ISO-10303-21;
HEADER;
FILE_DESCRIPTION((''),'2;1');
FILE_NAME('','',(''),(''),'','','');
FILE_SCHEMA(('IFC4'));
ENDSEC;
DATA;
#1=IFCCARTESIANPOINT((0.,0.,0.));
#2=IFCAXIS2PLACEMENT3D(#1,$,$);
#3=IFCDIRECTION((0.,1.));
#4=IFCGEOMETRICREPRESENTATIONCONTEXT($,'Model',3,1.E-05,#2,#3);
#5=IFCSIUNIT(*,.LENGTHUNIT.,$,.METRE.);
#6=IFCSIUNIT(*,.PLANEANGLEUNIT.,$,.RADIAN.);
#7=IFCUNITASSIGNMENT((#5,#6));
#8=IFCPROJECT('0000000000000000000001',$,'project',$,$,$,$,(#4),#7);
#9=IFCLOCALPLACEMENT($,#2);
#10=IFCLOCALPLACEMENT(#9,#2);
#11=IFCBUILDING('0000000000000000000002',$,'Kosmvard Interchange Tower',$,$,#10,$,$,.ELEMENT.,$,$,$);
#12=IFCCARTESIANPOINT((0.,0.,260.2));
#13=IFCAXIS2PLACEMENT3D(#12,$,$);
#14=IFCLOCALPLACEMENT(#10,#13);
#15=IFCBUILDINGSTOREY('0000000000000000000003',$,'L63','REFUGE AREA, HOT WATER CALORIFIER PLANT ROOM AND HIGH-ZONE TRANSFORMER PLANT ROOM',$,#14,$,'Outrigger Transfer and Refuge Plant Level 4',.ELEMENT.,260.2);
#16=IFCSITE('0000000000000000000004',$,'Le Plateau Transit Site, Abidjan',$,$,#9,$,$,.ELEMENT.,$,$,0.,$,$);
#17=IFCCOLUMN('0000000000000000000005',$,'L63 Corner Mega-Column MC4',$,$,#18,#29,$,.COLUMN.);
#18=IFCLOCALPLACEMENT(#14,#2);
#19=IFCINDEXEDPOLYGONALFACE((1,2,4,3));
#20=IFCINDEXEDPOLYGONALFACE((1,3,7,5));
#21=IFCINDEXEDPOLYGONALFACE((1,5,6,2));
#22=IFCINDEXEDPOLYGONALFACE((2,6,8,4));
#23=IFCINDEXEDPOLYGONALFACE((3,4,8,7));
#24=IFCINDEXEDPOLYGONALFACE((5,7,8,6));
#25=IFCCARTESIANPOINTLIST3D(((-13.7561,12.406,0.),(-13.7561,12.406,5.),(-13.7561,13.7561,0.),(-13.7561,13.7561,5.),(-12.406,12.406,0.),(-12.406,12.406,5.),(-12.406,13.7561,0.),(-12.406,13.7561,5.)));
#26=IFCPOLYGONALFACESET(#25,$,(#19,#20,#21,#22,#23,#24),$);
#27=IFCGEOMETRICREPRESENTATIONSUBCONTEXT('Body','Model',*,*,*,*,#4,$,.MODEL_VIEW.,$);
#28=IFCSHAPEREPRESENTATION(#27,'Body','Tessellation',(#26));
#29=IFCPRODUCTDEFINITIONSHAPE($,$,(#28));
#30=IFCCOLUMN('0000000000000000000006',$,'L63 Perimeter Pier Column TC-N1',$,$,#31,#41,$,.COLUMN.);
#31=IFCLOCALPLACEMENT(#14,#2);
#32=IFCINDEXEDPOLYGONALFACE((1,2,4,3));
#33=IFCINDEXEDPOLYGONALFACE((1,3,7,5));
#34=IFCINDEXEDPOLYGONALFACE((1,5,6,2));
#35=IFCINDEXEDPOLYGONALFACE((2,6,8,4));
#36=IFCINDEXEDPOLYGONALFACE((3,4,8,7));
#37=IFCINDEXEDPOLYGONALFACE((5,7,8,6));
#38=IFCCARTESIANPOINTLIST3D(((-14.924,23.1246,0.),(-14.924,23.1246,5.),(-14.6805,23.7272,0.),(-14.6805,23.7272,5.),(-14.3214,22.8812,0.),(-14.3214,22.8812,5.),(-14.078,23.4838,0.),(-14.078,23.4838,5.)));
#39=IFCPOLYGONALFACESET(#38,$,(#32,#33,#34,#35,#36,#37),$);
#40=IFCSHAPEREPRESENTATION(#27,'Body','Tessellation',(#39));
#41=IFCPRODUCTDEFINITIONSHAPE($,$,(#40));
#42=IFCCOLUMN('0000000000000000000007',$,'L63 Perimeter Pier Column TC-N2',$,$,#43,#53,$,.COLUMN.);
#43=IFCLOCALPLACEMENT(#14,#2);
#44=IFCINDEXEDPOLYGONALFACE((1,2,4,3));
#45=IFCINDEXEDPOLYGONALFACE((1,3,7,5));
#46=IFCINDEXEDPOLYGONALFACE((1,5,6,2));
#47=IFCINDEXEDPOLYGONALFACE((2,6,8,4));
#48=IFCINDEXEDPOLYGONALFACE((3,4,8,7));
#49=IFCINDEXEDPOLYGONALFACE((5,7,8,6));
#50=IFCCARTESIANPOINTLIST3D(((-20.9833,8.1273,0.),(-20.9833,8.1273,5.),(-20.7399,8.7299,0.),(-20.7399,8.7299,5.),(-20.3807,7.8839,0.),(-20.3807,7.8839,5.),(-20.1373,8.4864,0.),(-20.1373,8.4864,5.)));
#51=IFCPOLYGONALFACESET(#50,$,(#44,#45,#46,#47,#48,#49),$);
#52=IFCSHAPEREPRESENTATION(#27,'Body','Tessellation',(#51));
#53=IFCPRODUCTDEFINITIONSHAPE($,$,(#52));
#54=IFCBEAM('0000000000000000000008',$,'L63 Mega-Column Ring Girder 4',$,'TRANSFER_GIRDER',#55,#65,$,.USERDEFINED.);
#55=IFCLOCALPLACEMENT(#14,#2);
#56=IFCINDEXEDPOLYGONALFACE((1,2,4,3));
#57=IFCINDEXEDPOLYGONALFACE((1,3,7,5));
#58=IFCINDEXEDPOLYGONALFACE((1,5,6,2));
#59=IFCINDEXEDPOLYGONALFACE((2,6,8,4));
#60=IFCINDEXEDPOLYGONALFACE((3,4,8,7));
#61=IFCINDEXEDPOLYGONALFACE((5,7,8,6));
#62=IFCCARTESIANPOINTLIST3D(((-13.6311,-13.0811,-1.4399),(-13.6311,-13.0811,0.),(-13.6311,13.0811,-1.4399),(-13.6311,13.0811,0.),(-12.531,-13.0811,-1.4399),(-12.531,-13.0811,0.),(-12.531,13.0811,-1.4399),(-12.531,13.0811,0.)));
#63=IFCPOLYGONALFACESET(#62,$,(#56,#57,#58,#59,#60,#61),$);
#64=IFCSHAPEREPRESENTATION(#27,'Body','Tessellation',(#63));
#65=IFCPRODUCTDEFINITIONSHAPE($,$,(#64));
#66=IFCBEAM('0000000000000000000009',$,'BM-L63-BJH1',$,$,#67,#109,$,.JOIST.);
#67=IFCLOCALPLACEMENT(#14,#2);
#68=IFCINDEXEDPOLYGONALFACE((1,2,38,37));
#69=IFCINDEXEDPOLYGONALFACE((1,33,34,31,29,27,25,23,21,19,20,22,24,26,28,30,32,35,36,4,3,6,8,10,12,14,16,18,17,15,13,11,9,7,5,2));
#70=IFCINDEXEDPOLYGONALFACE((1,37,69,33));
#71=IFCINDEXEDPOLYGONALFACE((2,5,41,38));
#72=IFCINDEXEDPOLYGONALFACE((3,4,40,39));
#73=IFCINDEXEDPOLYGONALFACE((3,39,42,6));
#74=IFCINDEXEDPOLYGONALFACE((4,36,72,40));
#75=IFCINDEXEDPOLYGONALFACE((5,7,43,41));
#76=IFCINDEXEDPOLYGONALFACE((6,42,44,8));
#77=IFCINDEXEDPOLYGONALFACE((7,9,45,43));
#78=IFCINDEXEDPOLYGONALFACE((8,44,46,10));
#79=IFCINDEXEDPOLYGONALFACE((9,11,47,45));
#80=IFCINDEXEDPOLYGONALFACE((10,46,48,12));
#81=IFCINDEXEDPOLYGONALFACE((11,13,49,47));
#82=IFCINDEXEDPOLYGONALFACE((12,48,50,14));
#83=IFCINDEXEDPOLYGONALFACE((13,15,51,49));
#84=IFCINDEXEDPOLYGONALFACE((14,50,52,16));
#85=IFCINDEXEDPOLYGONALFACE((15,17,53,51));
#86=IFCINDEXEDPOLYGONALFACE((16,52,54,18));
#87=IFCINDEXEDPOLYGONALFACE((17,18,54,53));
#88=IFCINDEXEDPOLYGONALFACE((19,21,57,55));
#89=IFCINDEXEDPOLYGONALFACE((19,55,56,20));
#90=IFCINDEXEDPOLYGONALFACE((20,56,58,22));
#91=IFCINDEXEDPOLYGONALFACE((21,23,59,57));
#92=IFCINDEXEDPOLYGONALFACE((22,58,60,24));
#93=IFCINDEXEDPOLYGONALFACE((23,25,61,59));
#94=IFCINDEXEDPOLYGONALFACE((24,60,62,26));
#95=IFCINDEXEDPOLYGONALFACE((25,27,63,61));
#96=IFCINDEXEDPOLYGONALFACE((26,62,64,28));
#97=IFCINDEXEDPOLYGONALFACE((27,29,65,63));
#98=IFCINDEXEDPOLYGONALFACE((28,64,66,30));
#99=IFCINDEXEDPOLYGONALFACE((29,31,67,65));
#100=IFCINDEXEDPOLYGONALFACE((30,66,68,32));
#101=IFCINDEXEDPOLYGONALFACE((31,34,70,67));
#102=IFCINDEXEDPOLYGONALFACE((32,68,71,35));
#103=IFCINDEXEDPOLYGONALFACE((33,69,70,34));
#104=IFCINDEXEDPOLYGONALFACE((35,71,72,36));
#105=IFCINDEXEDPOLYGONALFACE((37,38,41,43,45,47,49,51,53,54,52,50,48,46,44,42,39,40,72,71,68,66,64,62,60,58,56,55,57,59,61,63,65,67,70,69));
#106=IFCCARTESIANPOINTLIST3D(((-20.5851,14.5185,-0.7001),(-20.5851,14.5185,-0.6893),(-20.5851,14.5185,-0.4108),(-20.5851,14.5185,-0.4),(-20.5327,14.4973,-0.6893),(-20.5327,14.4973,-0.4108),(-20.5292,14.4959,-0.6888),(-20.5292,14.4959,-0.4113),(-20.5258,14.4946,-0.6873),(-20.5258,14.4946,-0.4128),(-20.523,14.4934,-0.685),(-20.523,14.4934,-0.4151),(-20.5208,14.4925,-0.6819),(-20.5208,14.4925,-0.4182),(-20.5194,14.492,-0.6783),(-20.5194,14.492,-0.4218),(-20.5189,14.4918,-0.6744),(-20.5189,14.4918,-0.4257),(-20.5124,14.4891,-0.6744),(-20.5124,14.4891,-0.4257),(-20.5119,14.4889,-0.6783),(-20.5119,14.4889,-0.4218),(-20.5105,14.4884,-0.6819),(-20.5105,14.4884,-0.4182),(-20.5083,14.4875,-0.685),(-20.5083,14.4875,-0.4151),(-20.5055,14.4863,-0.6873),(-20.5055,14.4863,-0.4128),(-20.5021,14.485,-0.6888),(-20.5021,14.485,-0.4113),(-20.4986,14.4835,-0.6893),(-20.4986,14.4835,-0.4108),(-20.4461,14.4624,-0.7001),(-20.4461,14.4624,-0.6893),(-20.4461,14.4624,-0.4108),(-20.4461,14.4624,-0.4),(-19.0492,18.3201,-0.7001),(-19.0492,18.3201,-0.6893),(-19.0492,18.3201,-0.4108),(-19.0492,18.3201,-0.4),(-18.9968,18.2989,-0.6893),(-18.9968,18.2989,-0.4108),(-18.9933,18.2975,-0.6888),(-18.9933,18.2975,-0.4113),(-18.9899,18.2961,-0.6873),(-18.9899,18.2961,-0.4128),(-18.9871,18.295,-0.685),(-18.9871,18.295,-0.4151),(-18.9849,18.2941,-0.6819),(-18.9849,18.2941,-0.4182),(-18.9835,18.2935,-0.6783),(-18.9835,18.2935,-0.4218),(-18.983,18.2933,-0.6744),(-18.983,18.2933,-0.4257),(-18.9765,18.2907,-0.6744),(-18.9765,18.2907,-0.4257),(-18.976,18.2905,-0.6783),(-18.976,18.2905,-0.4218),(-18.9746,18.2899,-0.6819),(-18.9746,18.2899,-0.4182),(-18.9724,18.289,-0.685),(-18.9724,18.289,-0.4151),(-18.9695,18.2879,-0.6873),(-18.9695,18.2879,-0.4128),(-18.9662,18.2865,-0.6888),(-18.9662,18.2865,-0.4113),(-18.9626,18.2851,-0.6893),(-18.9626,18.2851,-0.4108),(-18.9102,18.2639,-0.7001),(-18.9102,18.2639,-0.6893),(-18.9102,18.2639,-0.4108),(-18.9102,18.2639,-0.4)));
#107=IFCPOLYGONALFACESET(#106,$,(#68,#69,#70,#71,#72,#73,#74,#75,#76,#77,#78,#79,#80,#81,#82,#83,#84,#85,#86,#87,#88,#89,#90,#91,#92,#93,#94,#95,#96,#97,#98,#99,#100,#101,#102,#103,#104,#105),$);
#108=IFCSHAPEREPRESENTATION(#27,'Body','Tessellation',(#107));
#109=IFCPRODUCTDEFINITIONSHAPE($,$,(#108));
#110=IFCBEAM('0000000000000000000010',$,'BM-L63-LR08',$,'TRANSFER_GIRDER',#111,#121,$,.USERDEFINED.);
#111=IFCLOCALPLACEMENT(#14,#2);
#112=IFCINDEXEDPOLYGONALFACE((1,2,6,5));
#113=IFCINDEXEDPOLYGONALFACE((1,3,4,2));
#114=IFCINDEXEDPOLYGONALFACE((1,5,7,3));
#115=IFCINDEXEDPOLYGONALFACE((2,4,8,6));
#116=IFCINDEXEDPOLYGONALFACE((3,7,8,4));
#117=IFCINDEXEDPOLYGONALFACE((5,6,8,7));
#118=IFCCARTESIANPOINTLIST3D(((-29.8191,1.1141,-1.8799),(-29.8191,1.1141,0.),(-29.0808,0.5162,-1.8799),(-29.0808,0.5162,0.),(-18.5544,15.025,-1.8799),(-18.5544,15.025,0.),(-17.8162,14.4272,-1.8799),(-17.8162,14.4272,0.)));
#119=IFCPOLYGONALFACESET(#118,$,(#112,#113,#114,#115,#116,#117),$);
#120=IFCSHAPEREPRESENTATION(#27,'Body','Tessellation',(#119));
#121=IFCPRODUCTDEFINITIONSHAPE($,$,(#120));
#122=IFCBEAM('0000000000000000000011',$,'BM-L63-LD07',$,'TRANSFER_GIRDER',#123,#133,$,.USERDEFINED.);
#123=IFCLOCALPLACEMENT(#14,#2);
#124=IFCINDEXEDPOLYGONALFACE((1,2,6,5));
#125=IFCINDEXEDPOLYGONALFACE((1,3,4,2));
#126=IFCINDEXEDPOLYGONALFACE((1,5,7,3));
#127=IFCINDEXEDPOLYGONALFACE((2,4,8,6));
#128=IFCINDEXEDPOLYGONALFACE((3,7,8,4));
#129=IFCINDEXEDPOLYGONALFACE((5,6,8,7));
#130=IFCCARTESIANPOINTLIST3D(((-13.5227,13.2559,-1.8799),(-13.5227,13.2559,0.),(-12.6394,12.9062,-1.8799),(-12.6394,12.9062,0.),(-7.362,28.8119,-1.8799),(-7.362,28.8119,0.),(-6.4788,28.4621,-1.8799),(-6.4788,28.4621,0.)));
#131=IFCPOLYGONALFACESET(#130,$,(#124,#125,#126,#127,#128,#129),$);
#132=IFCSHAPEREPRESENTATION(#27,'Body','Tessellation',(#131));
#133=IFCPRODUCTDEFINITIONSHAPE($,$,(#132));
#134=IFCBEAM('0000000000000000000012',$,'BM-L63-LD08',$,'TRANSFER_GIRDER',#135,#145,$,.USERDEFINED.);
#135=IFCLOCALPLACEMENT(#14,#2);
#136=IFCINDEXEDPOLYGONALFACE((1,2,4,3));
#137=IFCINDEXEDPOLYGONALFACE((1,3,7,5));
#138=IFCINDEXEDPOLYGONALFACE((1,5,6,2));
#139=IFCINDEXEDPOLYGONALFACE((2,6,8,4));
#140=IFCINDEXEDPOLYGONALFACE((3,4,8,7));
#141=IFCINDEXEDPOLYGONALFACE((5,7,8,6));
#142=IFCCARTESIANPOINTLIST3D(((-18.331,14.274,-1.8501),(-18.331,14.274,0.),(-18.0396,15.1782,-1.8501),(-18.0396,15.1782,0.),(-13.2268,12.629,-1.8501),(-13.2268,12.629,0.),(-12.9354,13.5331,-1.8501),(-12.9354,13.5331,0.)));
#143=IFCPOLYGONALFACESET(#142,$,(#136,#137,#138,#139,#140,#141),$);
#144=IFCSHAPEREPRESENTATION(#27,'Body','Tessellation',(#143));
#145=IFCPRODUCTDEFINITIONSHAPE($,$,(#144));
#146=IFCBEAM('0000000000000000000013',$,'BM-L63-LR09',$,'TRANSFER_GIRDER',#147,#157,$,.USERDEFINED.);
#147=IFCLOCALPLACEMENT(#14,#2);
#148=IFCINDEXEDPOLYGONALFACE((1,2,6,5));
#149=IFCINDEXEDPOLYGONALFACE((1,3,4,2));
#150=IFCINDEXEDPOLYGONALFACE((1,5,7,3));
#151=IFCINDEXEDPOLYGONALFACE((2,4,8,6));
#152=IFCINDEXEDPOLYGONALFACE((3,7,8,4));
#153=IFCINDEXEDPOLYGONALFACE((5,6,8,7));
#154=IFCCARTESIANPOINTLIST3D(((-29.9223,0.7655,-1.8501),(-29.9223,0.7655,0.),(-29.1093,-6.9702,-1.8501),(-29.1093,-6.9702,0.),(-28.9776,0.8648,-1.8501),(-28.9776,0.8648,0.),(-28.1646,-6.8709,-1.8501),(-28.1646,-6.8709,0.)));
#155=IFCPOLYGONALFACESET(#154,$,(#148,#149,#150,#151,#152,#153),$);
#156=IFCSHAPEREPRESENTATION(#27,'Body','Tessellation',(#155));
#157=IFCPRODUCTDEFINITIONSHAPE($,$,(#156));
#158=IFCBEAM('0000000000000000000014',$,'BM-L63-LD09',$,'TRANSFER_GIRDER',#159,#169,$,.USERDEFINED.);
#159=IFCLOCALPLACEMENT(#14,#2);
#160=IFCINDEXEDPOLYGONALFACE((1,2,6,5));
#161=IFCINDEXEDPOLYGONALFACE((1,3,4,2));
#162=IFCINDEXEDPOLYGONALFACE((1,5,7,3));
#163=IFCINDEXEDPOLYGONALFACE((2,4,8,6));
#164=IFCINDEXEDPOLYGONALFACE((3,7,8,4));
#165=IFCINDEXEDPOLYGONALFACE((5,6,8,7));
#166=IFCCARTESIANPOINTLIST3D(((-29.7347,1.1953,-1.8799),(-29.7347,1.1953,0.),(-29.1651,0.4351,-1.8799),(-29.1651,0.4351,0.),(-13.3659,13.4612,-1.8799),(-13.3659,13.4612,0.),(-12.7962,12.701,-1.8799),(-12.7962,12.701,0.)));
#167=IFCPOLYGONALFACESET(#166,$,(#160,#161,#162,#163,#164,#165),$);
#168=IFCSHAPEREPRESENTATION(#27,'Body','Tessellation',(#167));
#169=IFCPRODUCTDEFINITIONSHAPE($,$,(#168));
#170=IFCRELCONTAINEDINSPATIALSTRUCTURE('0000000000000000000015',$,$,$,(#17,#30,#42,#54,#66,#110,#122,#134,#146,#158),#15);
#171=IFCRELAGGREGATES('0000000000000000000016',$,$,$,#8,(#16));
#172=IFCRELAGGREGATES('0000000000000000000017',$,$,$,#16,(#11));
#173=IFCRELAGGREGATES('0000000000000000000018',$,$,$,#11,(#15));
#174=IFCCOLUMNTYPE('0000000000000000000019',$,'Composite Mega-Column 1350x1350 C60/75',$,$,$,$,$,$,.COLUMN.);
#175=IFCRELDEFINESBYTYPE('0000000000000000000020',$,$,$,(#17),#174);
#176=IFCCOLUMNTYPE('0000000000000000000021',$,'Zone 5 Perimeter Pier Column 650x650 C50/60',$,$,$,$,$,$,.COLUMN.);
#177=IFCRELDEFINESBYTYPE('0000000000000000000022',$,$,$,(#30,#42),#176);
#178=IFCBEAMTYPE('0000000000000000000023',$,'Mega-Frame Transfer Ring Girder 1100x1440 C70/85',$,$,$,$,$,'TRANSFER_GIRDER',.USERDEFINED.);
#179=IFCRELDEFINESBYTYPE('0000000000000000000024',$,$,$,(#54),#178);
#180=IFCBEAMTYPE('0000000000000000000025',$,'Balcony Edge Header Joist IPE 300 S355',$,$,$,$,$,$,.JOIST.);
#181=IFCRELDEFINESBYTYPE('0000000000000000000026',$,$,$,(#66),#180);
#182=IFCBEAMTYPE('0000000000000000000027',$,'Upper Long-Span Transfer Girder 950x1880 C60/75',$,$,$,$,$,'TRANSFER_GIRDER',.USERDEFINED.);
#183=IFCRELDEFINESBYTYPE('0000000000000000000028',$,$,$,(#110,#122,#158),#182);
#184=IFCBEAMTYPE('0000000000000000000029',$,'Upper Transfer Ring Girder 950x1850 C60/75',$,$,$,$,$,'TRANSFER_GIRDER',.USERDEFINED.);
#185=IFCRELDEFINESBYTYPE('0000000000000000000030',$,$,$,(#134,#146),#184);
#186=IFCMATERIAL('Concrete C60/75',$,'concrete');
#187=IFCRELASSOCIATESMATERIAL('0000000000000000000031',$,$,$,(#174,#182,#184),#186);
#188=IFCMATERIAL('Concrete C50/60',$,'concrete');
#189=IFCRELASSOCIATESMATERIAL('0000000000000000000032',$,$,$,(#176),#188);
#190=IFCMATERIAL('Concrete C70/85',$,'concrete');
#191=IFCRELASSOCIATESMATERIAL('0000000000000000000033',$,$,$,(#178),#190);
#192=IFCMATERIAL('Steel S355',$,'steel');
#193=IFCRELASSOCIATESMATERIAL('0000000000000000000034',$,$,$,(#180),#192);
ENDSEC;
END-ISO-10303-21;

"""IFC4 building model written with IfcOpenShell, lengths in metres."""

from ifc_helpers import new_model, si_unit, direction, frame, origin, origin_2d, place, context, subcontext, project, spatial, rectangle, i_section, extrude, source, transform, mapped, material, material_profile, profile_set, type_object, element, save


model = new_model("IFC4")

# Units and contexts
model_context = context("Model", 3, precision=1e-05, world=origin(), true_north=direction((0.0, 1.0)))
body_context = subcontext(model_context, "Body", "Model", "MODEL_VIEW")
ifc_project = project(units=[si_unit("LENGTHUNIT", "METRE"), si_unit("PLANEANGLEUNIT", "RADIAN")], contexts=[model_context])

# Site, building, storey
site_placement = place(None, origin())
site = spatial("IfcSite", under=ifc_project, at=site_placement, Name="Le Plateau Transit Site, Abidjan", CompositionType="ELEMENT", RefElevation=0.0)
building_placement = place(site_placement, origin())
building = spatial("IfcBuilding", under=site, at=building_placement, Name="Kosmvard Interchange Tower", CompositionType="ELEMENT")
storey_placement = place(building_placement, frame((0.0, 0.0, 260.2)))
storey = spatial("IfcBuildingStorey", under=building, at=storey_placement, Name="L63", Description="REFUGE AREA, HOT WATER CALORIFIER PLANT ROOM AND HIGH-ZONE TRANSFORMER PLANT ROOM", LongName="Outrigger Transfer and Refuge Plant Level 4", CompositionType="ELEMENT", Elevation=260.2)

# Columns
ifc_material_1 = material(Name="Concrete C60/75", Category="concrete")
ifc_material_profile_1 = material_profile(ifc_material_1, rectangle(XDim=1.3501, YDim=1.3501, at=origin_2d()), Name="MC 1350x1350")
ifc_profile_set_1 = profile_set([ifc_material_profile_1], Name="Concrete C60/75")
column_type_1 = type_object("IfcColumnType", Name="Composite Mega-Column 1350x1350 C60/75", PredefinedType="COLUMN", material=ifc_profile_set_1)
shared_shape_1 = source(origin(), body_context, "Body", "SweptSolid", [
    extrude(rectangle(XDim=1.3501, YDim=1.3501, at=origin_2d()), origin(), (0.0, 0.0, 1.0), 5.0),
])
column_placement = place(storey_placement, frame((-13.0811, 13.0811, 0.0), z_axis=(0.0, 0.0, 1.0), x_axis=(1.0, 0.0, 0.0)))
element("IfcColumn", 1, at=column_placement, inside=storey, type_object=column_type_1, Name="L63 Corner Mega-Column MC4", PredefinedType="COLUMN", context=body_context, shape_type="MappedRepresentation", body=[
    mapped(shared_shape_1, transform((0.0, 0.0, 0.0), scale=1.0)),
])
ifc_material_2 = material(Name="Concrete C50/60", Category="concrete")
ifc_material_profile_2 = material_profile(ifc_material_2, rectangle(XDim=0.6499, YDim=0.6499, at=origin_2d()), Name="TC 650x650")
ifc_profile_set_2 = profile_set([ifc_material_profile_2], Name="Concrete C50/60")
column_type_2 = type_object("IfcColumnType", Name="Zone 5 Perimeter Pier Column 650x650 C50/60", PredefinedType="COLUMN", material=ifc_profile_set_2)
shared_shape_2 = source(origin(), body_context, "Body", "SweptSolid", [
    extrude(rectangle(XDim=0.6499, YDim=0.6499, at=origin_2d()), origin(), (0.0, 0.0, 1.0), 5.0),
])
for number, where, z_axis, x_axis, name in (
    (2, (-14.501, 23.3042, 0.0), (0.0, 0.0, 1.0), (0.374607, 0.927184, 0.0), "L63 Perimeter Pier Column TC-N1"),
    (3, (-20.5603, 8.3069, 0.0), (0.0, 0.0, 1.0), (0.374607, 0.927184, 0.0), "L63 Perimeter Pier Column TC-N2"),
):
    element("IfcColumn", number, at=place(storey_placement, frame(where, z_axis=z_axis, x_axis=x_axis)), inside=storey, type_object=column_type_2, Name=name, PredefinedType="COLUMN", context=body_context, shape_type="MappedRepresentation", body=[
        mapped(shared_shape_2, transform((0.0, 0.0, 0.0), scale=1.0)),
    ])

# Beams
ifc_material_3 = material(Name="Concrete C70/85", Category="concrete")
ifc_material_profile_3 = material_profile(ifc_material_3, rectangle(XDim=1.1001, YDim=1.4399, at=origin_2d()), Name="TG 1100x1440")
ifc_profile_set_3 = profile_set([ifc_material_profile_3], Name="Concrete C70/85")
beam_type_1 = type_object("IfcBeamType", Name="Mega-Frame Transfer Ring Girder 1100x1440 C70/85", ElementType="TRANSFER_GIRDER", PredefinedType="USERDEFINED", material=ifc_profile_set_3)
shared_shape_3 = source(origin(), body_context, "Body", "SweptSolid", [
    extrude(rectangle(XDim=1.1001, YDim=1.4399, at=origin_2d()), origin(), (0.0, 0.0, 1.0), 26.1621),
])
beam_1_placement = place(storey_placement, frame((-13.0811, 13.0811, -0.72), z_axis=(0.0, -1.0, 0.0), x_axis=(1.0, 0.0, 0.0)))
element("IfcBeam", 4, at=beam_1_placement, inside=storey, type_object=beam_type_1, Name="L63 Mega-Column Ring Girder 4", ObjectType="TRANSFER_GIRDER", PredefinedType="USERDEFINED", context=body_context, shape_type="MappedRepresentation", body=[
    mapped(shared_shape_3, transform((0.0, 0.0, 0.0), scale=1.0)),
])
ifc_material_4 = material(Name="Steel S355", Category="steel")
ifc_material_profile_4 = material_profile(ifc_material_4, i_section(OverallWidth=0.1499, OverallDepth=0.3, WebThickness=0.0071, FlangeThickness=0.0107, FilletRadius=0.0149, at=origin_2d()), Name="IPE 300")
ifc_profile_set_4 = profile_set([ifc_material_profile_4], Name="Steel S355")
beam_type_2 = type_object("IfcBeamType", Name="Balcony Edge Header Joist IPE 300 S355", PredefinedType="JOIST", material=ifc_profile_set_4)
shared_shape_4 = source(origin(), body_context, "Body", "SweptSolid", [
    extrude(i_section(OverallWidth=0.1499, OverallDepth=0.3, WebThickness=0.0071, FlangeThickness=0.0107, FilletRadius=0.0149, at=origin_2d()), origin(), (0.0, 0.0, 1.0), 4.1001),
])
beam_2_placement = place(storey_placement, frame((-18.9797, 18.292, -0.55), z_axis=(-0.374602, -0.927186, 0.0), x_axis=(0.927186, -0.374602, 0.0)))
element("IfcBeam", 5, at=beam_2_placement, inside=storey, type_object=beam_type_2, Name="BM-L63-BJH1", PredefinedType="JOIST", context=body_context, shape_type="MappedRepresentation", body=[
    mapped(shared_shape_4, transform((0.0, 0.0, 0.0), scale=1.0)),
])
ifc_material_profile_5 = material_profile(ifc_material_1, rectangle(XDim=0.95, YDim=1.8799, at=origin_2d()), Name="TG 950x1880")
ifc_profile_set_5 = profile_set([ifc_material_profile_5], Name="Concrete C60/75")
beam_type_3 = type_object("IfcBeamType", Name="Upper Long-Span Transfer Girder 950x1880 C60/75", ElementType="TRANSFER_GIRDER", PredefinedType="USERDEFINED", material=ifc_profile_set_5)
shared_shape_5 = source(origin(), body_context, "Body", "SweptSolid", [
    extrude(rectangle(XDim=0.95, YDim=1.8799, at=origin_2d()), origin(), (0.0, 0.0, 1.0), 17.8999),
])
beam_3_placement = place(storey_placement, frame((-18.1853, 14.7261, -0.9399), z_axis=(-0.629315, -0.777151, 0.0), x_axis=(0.777151, -0.629315, 0.0)))
element("IfcBeam", 6, at=beam_3_placement, inside=storey, type_object=beam_type_3, Name="BM-L63-LR08", ObjectType="TRANSFER_GIRDER", PredefinedType="USERDEFINED", context=body_context, shape_type="MappedRepresentation", body=[
    mapped(shared_shape_5, transform((0.0, 0.0, 0.0), scale=1.0)),
])
shared_shape_6 = source(origin(), body_context, "Body", "SweptSolid", [
    extrude(rectangle(XDim=0.95, YDim=1.8799, at=origin_2d()), origin(), (0.0, 0.0, 1.0), 16.7314),
])
beam_4_placement = place(storey_placement, frame((-13.0811, 13.0811, -0.9399), z_axis=(0.368209, 0.929743, 0.0), x_axis=(-0.929743, 0.368209, 0.0)))
element("IfcBeam", 7, at=beam_4_placement, inside=storey, type_object=beam_type_3, Name="BM-L63-LD07", ObjectType="TRANSFER_GIRDER", PredefinedType="USERDEFINED", context=body_context, shape_type="MappedRepresentation", body=[
    mapped(shared_shape_6, transform((0.0, 0.0, 0.0), scale=1.0)),
])
ifc_material_profile_6 = material_profile(ifc_material_1, rectangle(XDim=0.95, YDim=1.8501, at=origin_2d()), Name="TG 950x1850")
ifc_profile_set_6 = profile_set([ifc_material_profile_6], Name="Concrete C60/75")
beam_type_4 = type_object("IfcBeamType", Name="Upper Transfer Ring Girder 950x1850 C60/75", ElementType="TRANSFER_GIRDER", PredefinedType="USERDEFINED", material=ifc_profile_set_6)
shared_shape_7 = source(origin(), body_context, "Body", "SweptSolid", [
    extrude(rectangle(XDim=0.95, YDim=1.8501, at=origin_2d()), origin(), (0.0, 0.0, 1.0), 5.3628),
])
beam_5_placement = place(storey_placement, frame((-13.0811, 13.0811, -0.925), z_axis=(-0.951791, 0.306747, 0.0), x_axis=(-0.306747, -0.951791, 0.0)))
element("IfcBeam", 8, at=beam_5_placement, inside=storey, type_object=beam_type_4, Name="BM-L63-LD08", ObjectType="TRANSFER_GIRDER", PredefinedType="USERDEFINED", context=body_context, shape_type="MappedRepresentation", body=[
    mapped(shared_shape_7, transform((0.0, 0.0, 0.0), scale=1.0)),
])
shared_shape_8 = source(origin(), body_context, "Body", "SweptSolid", [
    extrude(rectangle(XDim=0.95, YDim=1.8501, at=origin_2d()), origin(), (0.0, 0.0, 1.0), 7.7783),
])
beam_6_placement = place(storey_placement, frame((-29.45, 0.8152, -0.925), z_axis=(0.104521, -0.994523, 0.0), x_axis=(0.994523, 0.104521, 0.0)))
element("IfcBeam", 9, at=beam_6_placement, inside=storey, type_object=beam_type_4, Name="BM-L63-LR09", ObjectType="TRANSFER_GIRDER", PredefinedType="USERDEFINED", context=body_context, shape_type="MappedRepresentation", body=[
    mapped(shared_shape_8, transform((0.0, 0.0, 0.0), scale=1.0)),
])
shared_shape_9 = source(origin(), body_context, "Body", "SweptSolid", [
    extrude(rectangle(XDim=0.95, YDim=1.8799, at=origin_2d()), origin(), (0.0, 0.0, 1.0), 20.4546),
])
beam_7_placement = place(storey_placement, frame((-13.0811, 13.0811, -0.9399), z_axis=(-0.800253, -0.599662, 0.0), x_axis=(0.599662, -0.800253, 0.0)))
element("IfcBeam", 10, at=beam_7_placement, inside=storey, type_object=beam_type_3, Name="BM-L63-LD09", ObjectType="TRANSFER_GIRDER", PredefinedType="USERDEFINED", context=body_context, shape_type="MappedRepresentation", body=[
    mapped(shared_shape_9, transform((0.0, 0.0, 0.0), scale=1.0)),
])

save(model, "model.ifc")
